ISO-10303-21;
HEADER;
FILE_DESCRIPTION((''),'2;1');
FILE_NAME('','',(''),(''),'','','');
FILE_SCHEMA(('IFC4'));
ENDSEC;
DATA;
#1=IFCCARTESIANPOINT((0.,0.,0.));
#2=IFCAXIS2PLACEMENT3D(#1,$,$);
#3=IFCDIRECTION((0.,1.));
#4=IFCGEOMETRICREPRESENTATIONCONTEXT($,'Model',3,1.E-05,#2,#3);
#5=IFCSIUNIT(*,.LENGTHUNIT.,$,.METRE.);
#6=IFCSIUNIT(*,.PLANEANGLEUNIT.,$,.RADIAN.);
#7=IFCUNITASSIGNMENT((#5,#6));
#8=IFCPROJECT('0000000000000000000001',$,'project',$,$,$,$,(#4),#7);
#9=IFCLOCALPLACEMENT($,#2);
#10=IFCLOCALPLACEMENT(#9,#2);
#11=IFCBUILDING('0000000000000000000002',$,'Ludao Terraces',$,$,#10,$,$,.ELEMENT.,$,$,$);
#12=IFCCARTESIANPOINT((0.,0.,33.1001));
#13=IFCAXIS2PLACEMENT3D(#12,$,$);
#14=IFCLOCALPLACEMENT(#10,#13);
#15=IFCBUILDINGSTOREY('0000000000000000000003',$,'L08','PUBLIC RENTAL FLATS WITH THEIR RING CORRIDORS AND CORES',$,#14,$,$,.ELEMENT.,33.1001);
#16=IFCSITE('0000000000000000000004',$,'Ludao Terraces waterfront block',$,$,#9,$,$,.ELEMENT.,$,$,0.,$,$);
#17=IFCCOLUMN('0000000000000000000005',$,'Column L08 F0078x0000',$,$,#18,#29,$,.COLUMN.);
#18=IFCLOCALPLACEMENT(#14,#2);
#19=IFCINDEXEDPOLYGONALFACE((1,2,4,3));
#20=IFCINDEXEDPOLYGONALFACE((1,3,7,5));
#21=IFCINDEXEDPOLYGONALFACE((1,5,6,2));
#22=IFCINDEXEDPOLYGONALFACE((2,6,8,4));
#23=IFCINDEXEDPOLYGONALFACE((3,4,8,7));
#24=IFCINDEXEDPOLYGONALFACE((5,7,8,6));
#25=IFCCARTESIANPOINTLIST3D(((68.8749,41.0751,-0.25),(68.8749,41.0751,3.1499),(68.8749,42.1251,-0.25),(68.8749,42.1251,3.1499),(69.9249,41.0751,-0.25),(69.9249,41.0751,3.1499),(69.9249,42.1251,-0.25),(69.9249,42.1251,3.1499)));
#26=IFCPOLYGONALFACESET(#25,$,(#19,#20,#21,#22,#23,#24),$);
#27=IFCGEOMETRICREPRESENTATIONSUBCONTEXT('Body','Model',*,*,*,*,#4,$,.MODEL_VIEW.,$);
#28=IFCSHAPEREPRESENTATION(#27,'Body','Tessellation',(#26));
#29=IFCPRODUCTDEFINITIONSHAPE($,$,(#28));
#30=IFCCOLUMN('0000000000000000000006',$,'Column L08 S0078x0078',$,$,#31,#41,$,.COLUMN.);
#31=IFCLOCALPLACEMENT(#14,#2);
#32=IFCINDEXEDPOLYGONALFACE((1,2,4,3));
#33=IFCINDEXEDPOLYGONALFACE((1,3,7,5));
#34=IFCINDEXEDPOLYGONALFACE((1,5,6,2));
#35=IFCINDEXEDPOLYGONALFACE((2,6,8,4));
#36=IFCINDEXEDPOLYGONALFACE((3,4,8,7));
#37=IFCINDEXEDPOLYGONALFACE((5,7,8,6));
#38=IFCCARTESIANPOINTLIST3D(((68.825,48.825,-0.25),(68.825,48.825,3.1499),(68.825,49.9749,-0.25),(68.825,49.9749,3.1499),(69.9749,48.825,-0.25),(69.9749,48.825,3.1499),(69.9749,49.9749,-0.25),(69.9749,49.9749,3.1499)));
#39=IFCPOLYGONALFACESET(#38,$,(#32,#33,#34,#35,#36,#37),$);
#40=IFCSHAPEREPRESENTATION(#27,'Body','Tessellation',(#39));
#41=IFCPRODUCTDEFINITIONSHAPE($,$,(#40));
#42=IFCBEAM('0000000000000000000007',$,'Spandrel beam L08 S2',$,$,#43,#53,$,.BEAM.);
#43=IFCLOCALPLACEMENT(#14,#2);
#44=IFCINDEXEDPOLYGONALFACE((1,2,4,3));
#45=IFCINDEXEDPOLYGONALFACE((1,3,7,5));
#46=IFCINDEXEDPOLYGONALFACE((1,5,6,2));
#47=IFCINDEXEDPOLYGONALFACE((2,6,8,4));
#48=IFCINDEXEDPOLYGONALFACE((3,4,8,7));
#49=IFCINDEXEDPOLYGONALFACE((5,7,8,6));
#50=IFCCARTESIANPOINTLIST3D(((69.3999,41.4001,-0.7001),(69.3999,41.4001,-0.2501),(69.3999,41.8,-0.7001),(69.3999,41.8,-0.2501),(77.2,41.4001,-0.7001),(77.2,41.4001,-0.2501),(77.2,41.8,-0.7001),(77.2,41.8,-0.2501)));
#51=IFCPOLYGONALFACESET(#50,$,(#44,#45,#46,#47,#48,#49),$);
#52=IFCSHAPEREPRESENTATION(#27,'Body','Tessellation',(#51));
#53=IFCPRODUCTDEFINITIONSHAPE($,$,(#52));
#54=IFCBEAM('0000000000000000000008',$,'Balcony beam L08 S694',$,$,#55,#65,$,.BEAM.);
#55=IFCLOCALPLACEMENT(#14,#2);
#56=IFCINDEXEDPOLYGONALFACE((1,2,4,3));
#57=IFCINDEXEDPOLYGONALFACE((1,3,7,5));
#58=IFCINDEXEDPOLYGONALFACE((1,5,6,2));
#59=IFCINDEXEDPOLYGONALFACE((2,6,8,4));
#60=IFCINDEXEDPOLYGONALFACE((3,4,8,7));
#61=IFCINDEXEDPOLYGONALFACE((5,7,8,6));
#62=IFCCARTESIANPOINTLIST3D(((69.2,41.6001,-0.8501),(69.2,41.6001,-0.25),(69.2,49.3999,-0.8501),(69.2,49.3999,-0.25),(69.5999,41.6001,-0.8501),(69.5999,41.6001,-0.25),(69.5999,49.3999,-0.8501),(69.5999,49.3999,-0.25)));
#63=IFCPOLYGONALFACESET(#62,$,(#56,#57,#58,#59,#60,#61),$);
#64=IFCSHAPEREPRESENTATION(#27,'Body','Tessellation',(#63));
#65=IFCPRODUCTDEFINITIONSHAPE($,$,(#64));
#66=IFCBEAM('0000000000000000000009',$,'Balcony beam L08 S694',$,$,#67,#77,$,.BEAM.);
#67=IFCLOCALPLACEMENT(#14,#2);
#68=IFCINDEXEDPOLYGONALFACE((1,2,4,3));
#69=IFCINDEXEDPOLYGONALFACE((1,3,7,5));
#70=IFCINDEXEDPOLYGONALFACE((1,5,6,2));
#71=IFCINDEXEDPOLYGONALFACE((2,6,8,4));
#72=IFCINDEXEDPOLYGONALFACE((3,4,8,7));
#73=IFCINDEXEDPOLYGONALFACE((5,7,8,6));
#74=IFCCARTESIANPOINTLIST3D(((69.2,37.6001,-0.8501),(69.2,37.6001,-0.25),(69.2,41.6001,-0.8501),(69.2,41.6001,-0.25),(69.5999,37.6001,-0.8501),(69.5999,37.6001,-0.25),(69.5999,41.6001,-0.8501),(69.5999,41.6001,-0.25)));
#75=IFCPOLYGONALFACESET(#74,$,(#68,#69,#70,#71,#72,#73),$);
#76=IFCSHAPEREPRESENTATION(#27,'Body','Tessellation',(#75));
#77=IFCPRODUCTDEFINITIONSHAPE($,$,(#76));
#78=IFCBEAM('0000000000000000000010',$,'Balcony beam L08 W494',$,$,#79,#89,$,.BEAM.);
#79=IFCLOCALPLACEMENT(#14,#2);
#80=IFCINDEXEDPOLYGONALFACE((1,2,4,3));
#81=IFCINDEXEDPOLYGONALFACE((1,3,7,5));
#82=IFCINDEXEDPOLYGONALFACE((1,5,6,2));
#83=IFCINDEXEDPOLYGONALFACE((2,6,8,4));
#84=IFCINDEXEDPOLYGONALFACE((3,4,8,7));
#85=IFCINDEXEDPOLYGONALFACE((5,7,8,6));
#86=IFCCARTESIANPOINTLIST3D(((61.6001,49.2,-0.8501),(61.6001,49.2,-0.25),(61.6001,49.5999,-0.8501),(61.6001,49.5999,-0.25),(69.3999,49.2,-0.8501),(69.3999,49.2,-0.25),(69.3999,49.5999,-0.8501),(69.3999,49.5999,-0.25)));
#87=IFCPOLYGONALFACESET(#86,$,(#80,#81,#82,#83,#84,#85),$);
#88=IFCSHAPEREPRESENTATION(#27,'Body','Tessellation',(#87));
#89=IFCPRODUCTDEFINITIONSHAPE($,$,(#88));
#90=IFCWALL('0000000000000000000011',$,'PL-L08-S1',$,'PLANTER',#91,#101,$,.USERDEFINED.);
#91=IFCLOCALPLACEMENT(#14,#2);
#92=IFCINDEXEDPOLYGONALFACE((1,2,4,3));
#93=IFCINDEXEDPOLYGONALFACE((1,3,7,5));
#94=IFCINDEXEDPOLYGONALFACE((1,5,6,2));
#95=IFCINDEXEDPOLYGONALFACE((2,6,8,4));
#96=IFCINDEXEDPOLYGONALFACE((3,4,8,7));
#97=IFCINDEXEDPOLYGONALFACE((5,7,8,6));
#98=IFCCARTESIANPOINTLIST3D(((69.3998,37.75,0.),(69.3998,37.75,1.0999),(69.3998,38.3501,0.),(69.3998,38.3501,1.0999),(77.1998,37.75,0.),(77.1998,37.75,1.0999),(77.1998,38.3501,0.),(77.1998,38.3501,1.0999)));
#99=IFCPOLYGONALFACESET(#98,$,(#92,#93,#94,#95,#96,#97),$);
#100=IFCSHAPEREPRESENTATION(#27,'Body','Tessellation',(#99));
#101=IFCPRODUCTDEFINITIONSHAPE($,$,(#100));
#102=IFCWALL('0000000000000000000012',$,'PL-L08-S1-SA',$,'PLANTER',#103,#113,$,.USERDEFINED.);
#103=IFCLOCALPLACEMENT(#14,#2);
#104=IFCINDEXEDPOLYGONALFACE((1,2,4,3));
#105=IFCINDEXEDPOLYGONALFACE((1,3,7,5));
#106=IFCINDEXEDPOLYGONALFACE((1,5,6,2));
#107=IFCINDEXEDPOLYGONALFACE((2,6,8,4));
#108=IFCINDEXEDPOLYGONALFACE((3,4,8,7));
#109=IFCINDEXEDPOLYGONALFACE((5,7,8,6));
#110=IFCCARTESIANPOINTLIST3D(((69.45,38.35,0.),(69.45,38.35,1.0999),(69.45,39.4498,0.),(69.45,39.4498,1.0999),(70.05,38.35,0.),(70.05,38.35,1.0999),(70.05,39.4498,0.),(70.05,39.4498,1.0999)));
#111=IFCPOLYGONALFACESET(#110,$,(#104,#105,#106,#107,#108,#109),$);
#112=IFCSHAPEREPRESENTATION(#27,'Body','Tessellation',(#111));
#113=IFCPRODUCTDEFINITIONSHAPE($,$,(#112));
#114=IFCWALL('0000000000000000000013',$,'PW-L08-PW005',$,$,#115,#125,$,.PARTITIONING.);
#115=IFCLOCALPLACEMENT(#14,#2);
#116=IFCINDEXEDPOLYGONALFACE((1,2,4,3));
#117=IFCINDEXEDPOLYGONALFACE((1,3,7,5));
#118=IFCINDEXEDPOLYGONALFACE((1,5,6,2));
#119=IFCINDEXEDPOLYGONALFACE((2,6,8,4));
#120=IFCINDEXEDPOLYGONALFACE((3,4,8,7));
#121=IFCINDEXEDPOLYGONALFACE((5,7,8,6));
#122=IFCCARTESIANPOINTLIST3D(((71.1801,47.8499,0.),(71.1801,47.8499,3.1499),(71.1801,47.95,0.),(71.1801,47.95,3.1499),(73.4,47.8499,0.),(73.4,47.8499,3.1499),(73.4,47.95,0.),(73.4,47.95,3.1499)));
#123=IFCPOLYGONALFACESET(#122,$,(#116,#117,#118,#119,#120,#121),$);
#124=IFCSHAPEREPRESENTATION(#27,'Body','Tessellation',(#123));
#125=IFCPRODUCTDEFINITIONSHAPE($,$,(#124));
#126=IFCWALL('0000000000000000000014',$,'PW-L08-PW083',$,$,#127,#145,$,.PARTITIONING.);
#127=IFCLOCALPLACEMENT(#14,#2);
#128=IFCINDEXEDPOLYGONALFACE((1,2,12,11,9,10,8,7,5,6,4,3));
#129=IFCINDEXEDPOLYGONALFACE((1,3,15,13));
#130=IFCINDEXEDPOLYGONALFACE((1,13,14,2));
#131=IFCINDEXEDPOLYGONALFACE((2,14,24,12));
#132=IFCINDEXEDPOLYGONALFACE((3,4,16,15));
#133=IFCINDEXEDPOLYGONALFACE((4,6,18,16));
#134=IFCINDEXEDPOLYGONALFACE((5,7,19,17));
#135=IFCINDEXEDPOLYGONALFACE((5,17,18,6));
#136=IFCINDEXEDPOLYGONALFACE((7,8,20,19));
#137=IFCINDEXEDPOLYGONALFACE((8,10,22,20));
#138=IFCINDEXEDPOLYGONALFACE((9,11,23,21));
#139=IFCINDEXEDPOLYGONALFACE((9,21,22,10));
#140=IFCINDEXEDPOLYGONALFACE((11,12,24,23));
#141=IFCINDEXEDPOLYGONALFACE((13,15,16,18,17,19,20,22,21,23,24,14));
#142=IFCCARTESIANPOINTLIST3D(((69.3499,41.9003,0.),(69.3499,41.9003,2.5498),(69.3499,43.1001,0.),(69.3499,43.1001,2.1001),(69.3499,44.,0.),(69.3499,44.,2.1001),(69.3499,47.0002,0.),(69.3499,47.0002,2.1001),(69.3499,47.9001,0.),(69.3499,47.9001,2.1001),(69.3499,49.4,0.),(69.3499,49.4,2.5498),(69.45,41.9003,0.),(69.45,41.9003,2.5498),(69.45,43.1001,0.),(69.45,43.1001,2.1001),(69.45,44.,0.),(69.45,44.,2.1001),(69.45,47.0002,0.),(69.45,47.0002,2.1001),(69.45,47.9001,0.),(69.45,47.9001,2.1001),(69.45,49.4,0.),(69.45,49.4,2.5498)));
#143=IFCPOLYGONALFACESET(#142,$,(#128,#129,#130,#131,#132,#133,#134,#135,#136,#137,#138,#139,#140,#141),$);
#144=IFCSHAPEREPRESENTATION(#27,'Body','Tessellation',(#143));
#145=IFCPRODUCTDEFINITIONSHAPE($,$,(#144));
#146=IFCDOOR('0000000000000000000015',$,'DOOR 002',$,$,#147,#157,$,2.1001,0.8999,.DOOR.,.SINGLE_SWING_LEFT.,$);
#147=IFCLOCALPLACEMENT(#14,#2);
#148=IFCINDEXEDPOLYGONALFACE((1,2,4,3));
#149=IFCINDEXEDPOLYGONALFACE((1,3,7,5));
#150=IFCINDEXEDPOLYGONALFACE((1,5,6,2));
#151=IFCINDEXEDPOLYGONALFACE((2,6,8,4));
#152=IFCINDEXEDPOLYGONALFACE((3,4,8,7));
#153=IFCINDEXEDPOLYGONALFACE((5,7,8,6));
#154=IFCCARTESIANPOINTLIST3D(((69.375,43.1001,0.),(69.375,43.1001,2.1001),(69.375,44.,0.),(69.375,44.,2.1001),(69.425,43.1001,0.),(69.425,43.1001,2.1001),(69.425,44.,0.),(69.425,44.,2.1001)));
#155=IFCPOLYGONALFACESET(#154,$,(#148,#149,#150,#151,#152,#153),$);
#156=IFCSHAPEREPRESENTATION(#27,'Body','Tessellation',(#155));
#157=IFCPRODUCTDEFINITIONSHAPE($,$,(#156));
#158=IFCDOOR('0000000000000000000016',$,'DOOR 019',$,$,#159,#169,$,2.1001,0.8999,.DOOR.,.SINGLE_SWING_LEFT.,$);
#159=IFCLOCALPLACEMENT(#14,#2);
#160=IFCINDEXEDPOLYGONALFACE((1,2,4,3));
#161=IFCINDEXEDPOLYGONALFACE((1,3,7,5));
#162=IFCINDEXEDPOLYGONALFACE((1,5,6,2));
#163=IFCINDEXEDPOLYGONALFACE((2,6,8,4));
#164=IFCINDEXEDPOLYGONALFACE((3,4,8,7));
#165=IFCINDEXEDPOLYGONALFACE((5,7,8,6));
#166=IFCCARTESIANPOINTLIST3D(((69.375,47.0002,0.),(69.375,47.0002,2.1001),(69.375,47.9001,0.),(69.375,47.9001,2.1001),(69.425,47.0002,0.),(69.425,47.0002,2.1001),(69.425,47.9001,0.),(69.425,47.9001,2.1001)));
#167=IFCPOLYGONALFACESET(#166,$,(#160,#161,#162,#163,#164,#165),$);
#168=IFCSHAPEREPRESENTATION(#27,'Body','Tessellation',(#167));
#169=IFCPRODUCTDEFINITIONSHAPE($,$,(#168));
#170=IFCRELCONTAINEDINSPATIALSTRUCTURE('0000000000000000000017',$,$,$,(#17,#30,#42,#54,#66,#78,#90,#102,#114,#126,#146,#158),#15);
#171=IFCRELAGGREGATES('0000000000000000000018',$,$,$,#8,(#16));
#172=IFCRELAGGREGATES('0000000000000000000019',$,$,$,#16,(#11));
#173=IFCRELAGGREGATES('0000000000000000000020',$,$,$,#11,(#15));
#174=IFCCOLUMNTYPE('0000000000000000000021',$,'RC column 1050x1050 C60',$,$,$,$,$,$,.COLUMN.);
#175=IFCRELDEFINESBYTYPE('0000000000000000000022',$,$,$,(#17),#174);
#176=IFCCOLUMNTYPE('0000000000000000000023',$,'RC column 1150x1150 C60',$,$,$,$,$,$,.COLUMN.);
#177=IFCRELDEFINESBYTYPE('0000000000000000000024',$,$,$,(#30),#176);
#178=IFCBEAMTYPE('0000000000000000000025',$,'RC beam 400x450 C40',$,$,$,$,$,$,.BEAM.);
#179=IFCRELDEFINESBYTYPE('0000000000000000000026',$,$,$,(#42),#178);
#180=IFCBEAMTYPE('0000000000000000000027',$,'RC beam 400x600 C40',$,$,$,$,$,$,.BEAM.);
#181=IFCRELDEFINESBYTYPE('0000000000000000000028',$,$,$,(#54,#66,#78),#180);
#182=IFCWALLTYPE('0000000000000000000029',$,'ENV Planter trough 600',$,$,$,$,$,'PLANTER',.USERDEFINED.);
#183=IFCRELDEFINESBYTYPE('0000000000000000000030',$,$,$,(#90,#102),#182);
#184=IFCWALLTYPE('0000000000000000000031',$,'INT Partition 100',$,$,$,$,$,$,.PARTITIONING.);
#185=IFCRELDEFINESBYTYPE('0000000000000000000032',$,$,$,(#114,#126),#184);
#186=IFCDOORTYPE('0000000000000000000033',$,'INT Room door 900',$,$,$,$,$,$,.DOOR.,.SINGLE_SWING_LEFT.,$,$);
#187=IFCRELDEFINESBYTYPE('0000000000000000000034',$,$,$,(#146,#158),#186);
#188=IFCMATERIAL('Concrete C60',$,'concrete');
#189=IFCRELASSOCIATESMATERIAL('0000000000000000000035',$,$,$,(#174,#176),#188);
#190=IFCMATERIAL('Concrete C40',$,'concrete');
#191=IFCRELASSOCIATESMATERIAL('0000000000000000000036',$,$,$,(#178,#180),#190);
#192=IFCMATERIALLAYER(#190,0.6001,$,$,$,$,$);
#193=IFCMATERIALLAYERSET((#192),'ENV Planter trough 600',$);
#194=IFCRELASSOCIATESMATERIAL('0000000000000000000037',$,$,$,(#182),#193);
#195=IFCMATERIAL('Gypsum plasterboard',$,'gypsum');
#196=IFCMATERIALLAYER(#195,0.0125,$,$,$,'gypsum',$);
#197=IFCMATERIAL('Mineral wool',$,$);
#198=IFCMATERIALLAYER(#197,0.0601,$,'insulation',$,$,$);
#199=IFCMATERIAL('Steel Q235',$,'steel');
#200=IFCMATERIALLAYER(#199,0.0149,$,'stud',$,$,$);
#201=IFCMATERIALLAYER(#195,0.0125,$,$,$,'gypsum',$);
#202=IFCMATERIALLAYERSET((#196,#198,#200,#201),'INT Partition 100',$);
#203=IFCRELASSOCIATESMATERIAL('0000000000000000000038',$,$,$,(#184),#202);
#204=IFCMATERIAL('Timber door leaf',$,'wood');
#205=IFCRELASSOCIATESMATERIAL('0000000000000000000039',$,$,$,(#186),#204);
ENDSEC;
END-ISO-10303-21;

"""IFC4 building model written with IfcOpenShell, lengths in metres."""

from ifc_helpers import new_model, si_unit, direction, frame, frame_2d, origin, origin_2d, place, context, subcontext, project, spatial, rectangle, extrude, material, layer, layer_set, material_profile, profile_set, type_object, element, fill, save


model = new_model("IFC4")

# Units and contexts
model_context = context("Model", 3, precision=1e-05, world=origin(), true_north=direction((0.0, 1.0)))
body_context = subcontext(model_context, "Body", "Model", "MODEL_VIEW")
ifc_project = project(units=[si_unit("LENGTHUNIT", "METRE"), si_unit("PLANEANGLEUNIT", "RADIAN")], contexts=[model_context])

# Site, building, storey
site_placement = place(None, origin())
site = spatial("IfcSite", under=ifc_project, at=site_placement, Name="Ludao Terraces waterfront block", CompositionType="ELEMENT", RefElevation=0.0)
building_placement = place(site_placement, origin())
building = spatial("IfcBuilding", under=site, at=building_placement, Name="Ludao Terraces", CompositionType="ELEMENT")
storey_placement = place(building_placement, frame((0.0, 0.0, 33.1001)))
storey = spatial("IfcBuildingStorey", under=building, at=storey_placement, Name="L08", Description="PUBLIC RENTAL FLATS WITH THEIR RING CORRIDORS AND CORES", CompositionType="ELEMENT", Elevation=33.1001)

# Columns
ifc_material_1 = material(Name="Concrete C60", Category="concrete")
ifc_material_profile_1 = material_profile(ifc_material_1, rectangle(XDim=1.05, YDim=1.05, at=origin_2d()), Name="1050 X 1050")
ifc_profile_set_1 = profile_set([ifc_material_profile_1], Name="Concrete C60")
column_type_1 = type_object("IfcColumnType", Name="RC column 1050x1050 C60", PredefinedType="COLUMN", material=ifc_profile_set_1)
column_1_placement = place(storey_placement, frame((69.3999, 41.6001, -0.25), z_axis=(0.0, 0.0, 1.0), x_axis=(1.0, 0.0, 0.0)))
element("IfcColumn", 1, at=column_1_placement, inside=storey, type_object=column_type_1, Name="Column L08 F0078x0000", PredefinedType="COLUMN", context=body_context, shape_type="SweptSolid", body=[
    extrude(rectangle(XDim=1.05, YDim=1.05, at=origin_2d()), origin(), (0.0, 0.0, 1.0), 3.3999),
])
ifc_material_profile_2 = material_profile(ifc_material_1, rectangle(XDim=1.1499, YDim=1.1499, at=origin_2d()), Name="1150 X 1150")
ifc_profile_set_2 = profile_set([ifc_material_profile_2], Name="Concrete C60")
column_type_2 = type_object("IfcColumnType", Name="RC column 1150x1150 C60", PredefinedType="COLUMN", material=ifc_profile_set_2)
column_2_placement = place(storey_placement, frame((69.3999, 49.3999, -0.25), z_axis=(0.0, 0.0, 1.0), x_axis=(1.0, 0.0, 0.0)))
element("IfcColumn", 2, at=column_2_placement, inside=storey, type_object=column_type_2, Name="Column L08 S0078x0078", PredefinedType="COLUMN", context=body_context, shape_type="SweptSolid", body=[
    extrude(rectangle(XDim=1.1499, YDim=1.1499, at=origin_2d()), origin(), (0.0, 0.0, 1.0), 3.3999),
])

# Beams
ifc_material_2 = material(Name="Concrete C40", Category="concrete")
ifc_material_profile_3 = material_profile(ifc_material_2, rectangle(XDim=0.3999, YDim=0.45, at=origin_2d()), Name="400 X 450")
ifc_profile_set_3 = profile_set([ifc_material_profile_3], Name="Concrete C40")
beam_type_1 = type_object("IfcBeamType", Name="RC beam 400x450 C40", PredefinedType="BEAM", material=ifc_profile_set_3)
beam_1_placement = place(storey_placement, frame((69.3999, 41.6001, -0.4751), z_axis=(1.0, 0.0, 0.0), x_axis=(0.0, 1.0, 0.0)))
element("IfcBeam", 3, at=beam_1_placement, inside=storey, type_object=beam_type_1, Name="Spandrel beam L08 S2", PredefinedType="BEAM", context=body_context, shape_type="SweptSolid", body=[
    extrude(rectangle(XDim=0.3999, YDim=0.45, at=origin_2d()), origin(), (0.0, 0.0, 1.0), 7.8),
])
ifc_material_profile_4 = material_profile(ifc_material_2, rectangle(XDim=0.3999, YDim=0.6001, at=origin_2d()), Name="400 X 600")
ifc_profile_set_4 = profile_set([ifc_material_profile_4], Name="Concrete C40")
beam_type_2 = type_object("IfcBeamType", Name="RC beam 400x600 C40", PredefinedType="BEAM", material=ifc_profile_set_4)
beam_2_placement = place(storey_placement, frame((69.3999, 49.3999, -0.55), z_axis=(0.0, -1.0, 0.0), x_axis=(1.0, 0.0, 0.0)))
element("IfcBeam", 4, at=beam_2_placement, inside=storey, type_object=beam_type_2, Name="Balcony beam L08 S694", PredefinedType="BEAM", context=body_context, shape_type="SweptSolid", body=[
    extrude(rectangle(XDim=0.3999, YDim=0.6001, at=origin_2d()), origin(), (0.0, 0.0, 1.0), 7.7998),
])
beam_3_placement = place(storey_placement, frame((69.3999, 41.6001, -0.55), z_axis=(0.0, -1.0, 0.0), x_axis=(1.0, 0.0, 0.0)))
element("IfcBeam", 5, at=beam_3_placement, inside=storey, type_object=beam_type_2, Name="Balcony beam L08 S694", PredefinedType="BEAM", context=body_context, shape_type="SweptSolid", body=[
    extrude(rectangle(XDim=0.3999, YDim=0.6001, at=origin_2d()), origin(), (0.0, 0.0, 1.0), 4.0),
])
beam_4_placement = place(storey_placement, frame((69.3999, 49.3999, -0.55), z_axis=(-1.0, 0.0, 0.0), x_axis=(0.0, -1.0, 0.0)))
element("IfcBeam", 6, at=beam_4_placement, inside=storey, type_object=beam_type_2, Name="Balcony beam L08 W494", PredefinedType="BEAM", context=body_context, shape_type="SweptSolid", body=[
    extrude(rectangle(XDim=0.3999, YDim=0.6001, at=origin_2d()), origin(), (0.0, 0.0, 1.0), 7.7998),
])

# Walls
ifc_layer_1 = layer(ifc_material_2, 0.6001)
ifc_layer_set_1 = layer_set([ifc_layer_1], Name="ENV Planter trough 600")
wall_type_1 = type_object("IfcWallType", Name="ENV Planter trough 600", ElementType="PLANTER", PredefinedType="USERDEFINED", material=ifc_layer_set_1)
wall_1_placement = place(storey_placement, frame((69.3999, 38.05, 0.0), z_axis=(0.0, 0.0, 1.0), x_axis=(1.0, 0.0, 0.0)))
element("IfcWall", 7, at=wall_1_placement, inside=storey, type_object=wall_type_1, Name="PL-L08-S1", ObjectType="PLANTER", PredefinedType="USERDEFINED", context=body_context, shape_type="SweptSolid", body=[
    extrude(rectangle(XDim=7.8, YDim=0.6001, at=frame_2d((3.8999, 0.0))), origin(), (0.0, 0.0, 1.0), 1.0999),
])
wall_2_placement = place(storey_placement, frame((69.75, 38.3501, 0.0), z_axis=(0.0, 0.0, 1.0), x_axis=(0.0, 1.0, 0.0)))
element("IfcWall", 8, at=wall_2_placement, inside=storey, type_object=wall_type_1, Name="PL-L08-S1-SA", ObjectType="PLANTER", PredefinedType="USERDEFINED", context=body_context, shape_type="SweptSolid", body=[
    extrude(rectangle(XDim=1.0999, YDim=0.6001, at=frame_2d((0.5498, 0.0))), origin(), (0.0, 0.0, 1.0), 1.0999),
])

# Shared definitions
ifc_material_3 = material(Name="Mineral wool")

# Wall
ifc_material_4 = material(Name="Gypsum plasterboard", Category="gypsum")
ifc_layer_2 = layer(ifc_material_4, 0.0125, Category="gypsum")
ifc_layer_3 = layer(ifc_material_3, 0.0601, Name="insulation")
ifc_material_5 = material(Name="Steel Q235", Category="steel")
ifc_layer_4 = layer(ifc_material_5, 0.0149, Name="stud")
ifc_layer_5 = layer(ifc_material_4, 0.0125, Category="gypsum")
ifc_layer_set_2 = layer_set([ifc_layer_2, ifc_layer_3, ifc_layer_4, ifc_layer_5], Name="INT Partition 100")
wall_type_2 = type_object("IfcWallType", Name="INT Partition 100", PredefinedType="PARTITIONING", material=ifc_layer_set_2)
wall_3_placement = place(storey_placement, frame((71.1802, 47.8999, 0.0), z_axis=(0.0, 0.0, 1.0), x_axis=(1.0, 0.0, 0.0)))
element("IfcWall", 9, at=wall_3_placement, inside=storey, type_object=wall_type_2, Name="PW-L08-PW005", PredefinedType="PARTITIONING", context=body_context, shape_type="SweptSolid", body=[
    extrude(rectangle(XDim=2.22, YDim=0.1001, at=frame_2d((1.1099, 0.0))), origin(), (0.0, 0.0, 1.0), 3.1499),
])

# Wall, openings, doors
wall_4_placement = place(storey_placement, frame((69.3999, 41.9001, 0.0), z_axis=(0.0, 0.0, 1.0), x_axis=(0.0, 1.0, 0.0)))
wall_4 = element("IfcWall", 10, at=wall_4_placement, inside=storey, type_object=wall_type_2, Name="PW-L08-PW083", PredefinedType="PARTITIONING", context=body_context, shape_type="SweptSolid", body=[
    extrude(rectangle(XDim=7.4998, YDim=0.1001, at=frame_2d((3.75, 0.0))), origin(), (0.0, 0.0, 1.0), 2.5498),
])
opening_1_placement = place(wall_4_placement, frame((1.2, 0.0, 0.0)))
opening_1 = element("IfcOpeningElement", 11, at=opening_1_placement, cuts=wall_4, PredefinedType="OPENING", context=body_context, shape_type="SweptSolid", body=[
    extrude(rectangle(XDim=0.8999, YDim=2.1001, at=frame_2d((0.45, 1.05))), frame((0.0, 0.0601, 0.0), z_axis=(0.0, -1.0, 0.0), x_axis=(1.0, 0.0, 0.0)), (0.0, 0.0, 1.0), 0.1201),
])
opening_2_placement = place(wall_4_placement, frame((5.1001, 0.0, 0.0)))
opening_2 = element("IfcOpeningElement", 12, at=opening_2_placement, cuts=wall_4, PredefinedType="OPENING", context=body_context, shape_type="SweptSolid", body=[
    extrude(rectangle(XDim=0.8999, YDim=2.1001, at=frame_2d((0.45, 1.05))), frame((0.0, 0.0601, 0.0), z_axis=(0.0, -1.0, 0.0), x_axis=(1.0, 0.0, 0.0)), (0.0, 0.0, 1.0), 0.1201),
])
ifc_material_6 = material(Name="Timber door leaf", Category="wood")
door_type_1 = type_object("IfcDoorType", Name="INT Room door 900", OperationType="SINGLE_SWING_LEFT", PredefinedType="DOOR", material=ifc_material_6)
door_1_placement = place(opening_1_placement, origin())
door_1 = element("IfcDoor", 13, at=door_1_placement, inside=storey, type_object=door_type_1, Name="DOOR 002", OperationType="SINGLE_SWING_LEFT", OverallHeight=2.1001, OverallWidth=0.8999, PredefinedType="DOOR", context=body_context, shape_type="SweptSolid", body=[
    extrude(rectangle(XDim=0.8999, YDim=2.1001, at=frame_2d((0.45, 1.05))), frame((0.0, 0.0249, 0.0), z_axis=(0.0, -1.0, 0.0), x_axis=(1.0, 0.0, 0.0)), (0.0, 0.0, 1.0), 0.05),
])
fill(opening_1, door_1)
door_2_placement = place(opening_2_placement, origin())
door_2 = element("IfcDoor", 14, at=door_2_placement, inside=storey, type_object=door_type_1, Name="DOOR 019", OperationType="SINGLE_SWING_LEFT", OverallHeight=2.1001, OverallWidth=0.8999, PredefinedType="DOOR", context=body_context, shape_type="SweptSolid", body=[
    extrude(rectangle(XDim=0.8999, YDim=2.1001, at=frame_2d((0.45, 1.05))), frame((0.0, 0.0249, 0.0), z_axis=(0.0, -1.0, 0.0), x_axis=(1.0, 0.0, 0.0)), (0.0, 0.0, 1.0), 0.05),
])
fill(opening_2, door_2)

save(model, "model.ifc")
